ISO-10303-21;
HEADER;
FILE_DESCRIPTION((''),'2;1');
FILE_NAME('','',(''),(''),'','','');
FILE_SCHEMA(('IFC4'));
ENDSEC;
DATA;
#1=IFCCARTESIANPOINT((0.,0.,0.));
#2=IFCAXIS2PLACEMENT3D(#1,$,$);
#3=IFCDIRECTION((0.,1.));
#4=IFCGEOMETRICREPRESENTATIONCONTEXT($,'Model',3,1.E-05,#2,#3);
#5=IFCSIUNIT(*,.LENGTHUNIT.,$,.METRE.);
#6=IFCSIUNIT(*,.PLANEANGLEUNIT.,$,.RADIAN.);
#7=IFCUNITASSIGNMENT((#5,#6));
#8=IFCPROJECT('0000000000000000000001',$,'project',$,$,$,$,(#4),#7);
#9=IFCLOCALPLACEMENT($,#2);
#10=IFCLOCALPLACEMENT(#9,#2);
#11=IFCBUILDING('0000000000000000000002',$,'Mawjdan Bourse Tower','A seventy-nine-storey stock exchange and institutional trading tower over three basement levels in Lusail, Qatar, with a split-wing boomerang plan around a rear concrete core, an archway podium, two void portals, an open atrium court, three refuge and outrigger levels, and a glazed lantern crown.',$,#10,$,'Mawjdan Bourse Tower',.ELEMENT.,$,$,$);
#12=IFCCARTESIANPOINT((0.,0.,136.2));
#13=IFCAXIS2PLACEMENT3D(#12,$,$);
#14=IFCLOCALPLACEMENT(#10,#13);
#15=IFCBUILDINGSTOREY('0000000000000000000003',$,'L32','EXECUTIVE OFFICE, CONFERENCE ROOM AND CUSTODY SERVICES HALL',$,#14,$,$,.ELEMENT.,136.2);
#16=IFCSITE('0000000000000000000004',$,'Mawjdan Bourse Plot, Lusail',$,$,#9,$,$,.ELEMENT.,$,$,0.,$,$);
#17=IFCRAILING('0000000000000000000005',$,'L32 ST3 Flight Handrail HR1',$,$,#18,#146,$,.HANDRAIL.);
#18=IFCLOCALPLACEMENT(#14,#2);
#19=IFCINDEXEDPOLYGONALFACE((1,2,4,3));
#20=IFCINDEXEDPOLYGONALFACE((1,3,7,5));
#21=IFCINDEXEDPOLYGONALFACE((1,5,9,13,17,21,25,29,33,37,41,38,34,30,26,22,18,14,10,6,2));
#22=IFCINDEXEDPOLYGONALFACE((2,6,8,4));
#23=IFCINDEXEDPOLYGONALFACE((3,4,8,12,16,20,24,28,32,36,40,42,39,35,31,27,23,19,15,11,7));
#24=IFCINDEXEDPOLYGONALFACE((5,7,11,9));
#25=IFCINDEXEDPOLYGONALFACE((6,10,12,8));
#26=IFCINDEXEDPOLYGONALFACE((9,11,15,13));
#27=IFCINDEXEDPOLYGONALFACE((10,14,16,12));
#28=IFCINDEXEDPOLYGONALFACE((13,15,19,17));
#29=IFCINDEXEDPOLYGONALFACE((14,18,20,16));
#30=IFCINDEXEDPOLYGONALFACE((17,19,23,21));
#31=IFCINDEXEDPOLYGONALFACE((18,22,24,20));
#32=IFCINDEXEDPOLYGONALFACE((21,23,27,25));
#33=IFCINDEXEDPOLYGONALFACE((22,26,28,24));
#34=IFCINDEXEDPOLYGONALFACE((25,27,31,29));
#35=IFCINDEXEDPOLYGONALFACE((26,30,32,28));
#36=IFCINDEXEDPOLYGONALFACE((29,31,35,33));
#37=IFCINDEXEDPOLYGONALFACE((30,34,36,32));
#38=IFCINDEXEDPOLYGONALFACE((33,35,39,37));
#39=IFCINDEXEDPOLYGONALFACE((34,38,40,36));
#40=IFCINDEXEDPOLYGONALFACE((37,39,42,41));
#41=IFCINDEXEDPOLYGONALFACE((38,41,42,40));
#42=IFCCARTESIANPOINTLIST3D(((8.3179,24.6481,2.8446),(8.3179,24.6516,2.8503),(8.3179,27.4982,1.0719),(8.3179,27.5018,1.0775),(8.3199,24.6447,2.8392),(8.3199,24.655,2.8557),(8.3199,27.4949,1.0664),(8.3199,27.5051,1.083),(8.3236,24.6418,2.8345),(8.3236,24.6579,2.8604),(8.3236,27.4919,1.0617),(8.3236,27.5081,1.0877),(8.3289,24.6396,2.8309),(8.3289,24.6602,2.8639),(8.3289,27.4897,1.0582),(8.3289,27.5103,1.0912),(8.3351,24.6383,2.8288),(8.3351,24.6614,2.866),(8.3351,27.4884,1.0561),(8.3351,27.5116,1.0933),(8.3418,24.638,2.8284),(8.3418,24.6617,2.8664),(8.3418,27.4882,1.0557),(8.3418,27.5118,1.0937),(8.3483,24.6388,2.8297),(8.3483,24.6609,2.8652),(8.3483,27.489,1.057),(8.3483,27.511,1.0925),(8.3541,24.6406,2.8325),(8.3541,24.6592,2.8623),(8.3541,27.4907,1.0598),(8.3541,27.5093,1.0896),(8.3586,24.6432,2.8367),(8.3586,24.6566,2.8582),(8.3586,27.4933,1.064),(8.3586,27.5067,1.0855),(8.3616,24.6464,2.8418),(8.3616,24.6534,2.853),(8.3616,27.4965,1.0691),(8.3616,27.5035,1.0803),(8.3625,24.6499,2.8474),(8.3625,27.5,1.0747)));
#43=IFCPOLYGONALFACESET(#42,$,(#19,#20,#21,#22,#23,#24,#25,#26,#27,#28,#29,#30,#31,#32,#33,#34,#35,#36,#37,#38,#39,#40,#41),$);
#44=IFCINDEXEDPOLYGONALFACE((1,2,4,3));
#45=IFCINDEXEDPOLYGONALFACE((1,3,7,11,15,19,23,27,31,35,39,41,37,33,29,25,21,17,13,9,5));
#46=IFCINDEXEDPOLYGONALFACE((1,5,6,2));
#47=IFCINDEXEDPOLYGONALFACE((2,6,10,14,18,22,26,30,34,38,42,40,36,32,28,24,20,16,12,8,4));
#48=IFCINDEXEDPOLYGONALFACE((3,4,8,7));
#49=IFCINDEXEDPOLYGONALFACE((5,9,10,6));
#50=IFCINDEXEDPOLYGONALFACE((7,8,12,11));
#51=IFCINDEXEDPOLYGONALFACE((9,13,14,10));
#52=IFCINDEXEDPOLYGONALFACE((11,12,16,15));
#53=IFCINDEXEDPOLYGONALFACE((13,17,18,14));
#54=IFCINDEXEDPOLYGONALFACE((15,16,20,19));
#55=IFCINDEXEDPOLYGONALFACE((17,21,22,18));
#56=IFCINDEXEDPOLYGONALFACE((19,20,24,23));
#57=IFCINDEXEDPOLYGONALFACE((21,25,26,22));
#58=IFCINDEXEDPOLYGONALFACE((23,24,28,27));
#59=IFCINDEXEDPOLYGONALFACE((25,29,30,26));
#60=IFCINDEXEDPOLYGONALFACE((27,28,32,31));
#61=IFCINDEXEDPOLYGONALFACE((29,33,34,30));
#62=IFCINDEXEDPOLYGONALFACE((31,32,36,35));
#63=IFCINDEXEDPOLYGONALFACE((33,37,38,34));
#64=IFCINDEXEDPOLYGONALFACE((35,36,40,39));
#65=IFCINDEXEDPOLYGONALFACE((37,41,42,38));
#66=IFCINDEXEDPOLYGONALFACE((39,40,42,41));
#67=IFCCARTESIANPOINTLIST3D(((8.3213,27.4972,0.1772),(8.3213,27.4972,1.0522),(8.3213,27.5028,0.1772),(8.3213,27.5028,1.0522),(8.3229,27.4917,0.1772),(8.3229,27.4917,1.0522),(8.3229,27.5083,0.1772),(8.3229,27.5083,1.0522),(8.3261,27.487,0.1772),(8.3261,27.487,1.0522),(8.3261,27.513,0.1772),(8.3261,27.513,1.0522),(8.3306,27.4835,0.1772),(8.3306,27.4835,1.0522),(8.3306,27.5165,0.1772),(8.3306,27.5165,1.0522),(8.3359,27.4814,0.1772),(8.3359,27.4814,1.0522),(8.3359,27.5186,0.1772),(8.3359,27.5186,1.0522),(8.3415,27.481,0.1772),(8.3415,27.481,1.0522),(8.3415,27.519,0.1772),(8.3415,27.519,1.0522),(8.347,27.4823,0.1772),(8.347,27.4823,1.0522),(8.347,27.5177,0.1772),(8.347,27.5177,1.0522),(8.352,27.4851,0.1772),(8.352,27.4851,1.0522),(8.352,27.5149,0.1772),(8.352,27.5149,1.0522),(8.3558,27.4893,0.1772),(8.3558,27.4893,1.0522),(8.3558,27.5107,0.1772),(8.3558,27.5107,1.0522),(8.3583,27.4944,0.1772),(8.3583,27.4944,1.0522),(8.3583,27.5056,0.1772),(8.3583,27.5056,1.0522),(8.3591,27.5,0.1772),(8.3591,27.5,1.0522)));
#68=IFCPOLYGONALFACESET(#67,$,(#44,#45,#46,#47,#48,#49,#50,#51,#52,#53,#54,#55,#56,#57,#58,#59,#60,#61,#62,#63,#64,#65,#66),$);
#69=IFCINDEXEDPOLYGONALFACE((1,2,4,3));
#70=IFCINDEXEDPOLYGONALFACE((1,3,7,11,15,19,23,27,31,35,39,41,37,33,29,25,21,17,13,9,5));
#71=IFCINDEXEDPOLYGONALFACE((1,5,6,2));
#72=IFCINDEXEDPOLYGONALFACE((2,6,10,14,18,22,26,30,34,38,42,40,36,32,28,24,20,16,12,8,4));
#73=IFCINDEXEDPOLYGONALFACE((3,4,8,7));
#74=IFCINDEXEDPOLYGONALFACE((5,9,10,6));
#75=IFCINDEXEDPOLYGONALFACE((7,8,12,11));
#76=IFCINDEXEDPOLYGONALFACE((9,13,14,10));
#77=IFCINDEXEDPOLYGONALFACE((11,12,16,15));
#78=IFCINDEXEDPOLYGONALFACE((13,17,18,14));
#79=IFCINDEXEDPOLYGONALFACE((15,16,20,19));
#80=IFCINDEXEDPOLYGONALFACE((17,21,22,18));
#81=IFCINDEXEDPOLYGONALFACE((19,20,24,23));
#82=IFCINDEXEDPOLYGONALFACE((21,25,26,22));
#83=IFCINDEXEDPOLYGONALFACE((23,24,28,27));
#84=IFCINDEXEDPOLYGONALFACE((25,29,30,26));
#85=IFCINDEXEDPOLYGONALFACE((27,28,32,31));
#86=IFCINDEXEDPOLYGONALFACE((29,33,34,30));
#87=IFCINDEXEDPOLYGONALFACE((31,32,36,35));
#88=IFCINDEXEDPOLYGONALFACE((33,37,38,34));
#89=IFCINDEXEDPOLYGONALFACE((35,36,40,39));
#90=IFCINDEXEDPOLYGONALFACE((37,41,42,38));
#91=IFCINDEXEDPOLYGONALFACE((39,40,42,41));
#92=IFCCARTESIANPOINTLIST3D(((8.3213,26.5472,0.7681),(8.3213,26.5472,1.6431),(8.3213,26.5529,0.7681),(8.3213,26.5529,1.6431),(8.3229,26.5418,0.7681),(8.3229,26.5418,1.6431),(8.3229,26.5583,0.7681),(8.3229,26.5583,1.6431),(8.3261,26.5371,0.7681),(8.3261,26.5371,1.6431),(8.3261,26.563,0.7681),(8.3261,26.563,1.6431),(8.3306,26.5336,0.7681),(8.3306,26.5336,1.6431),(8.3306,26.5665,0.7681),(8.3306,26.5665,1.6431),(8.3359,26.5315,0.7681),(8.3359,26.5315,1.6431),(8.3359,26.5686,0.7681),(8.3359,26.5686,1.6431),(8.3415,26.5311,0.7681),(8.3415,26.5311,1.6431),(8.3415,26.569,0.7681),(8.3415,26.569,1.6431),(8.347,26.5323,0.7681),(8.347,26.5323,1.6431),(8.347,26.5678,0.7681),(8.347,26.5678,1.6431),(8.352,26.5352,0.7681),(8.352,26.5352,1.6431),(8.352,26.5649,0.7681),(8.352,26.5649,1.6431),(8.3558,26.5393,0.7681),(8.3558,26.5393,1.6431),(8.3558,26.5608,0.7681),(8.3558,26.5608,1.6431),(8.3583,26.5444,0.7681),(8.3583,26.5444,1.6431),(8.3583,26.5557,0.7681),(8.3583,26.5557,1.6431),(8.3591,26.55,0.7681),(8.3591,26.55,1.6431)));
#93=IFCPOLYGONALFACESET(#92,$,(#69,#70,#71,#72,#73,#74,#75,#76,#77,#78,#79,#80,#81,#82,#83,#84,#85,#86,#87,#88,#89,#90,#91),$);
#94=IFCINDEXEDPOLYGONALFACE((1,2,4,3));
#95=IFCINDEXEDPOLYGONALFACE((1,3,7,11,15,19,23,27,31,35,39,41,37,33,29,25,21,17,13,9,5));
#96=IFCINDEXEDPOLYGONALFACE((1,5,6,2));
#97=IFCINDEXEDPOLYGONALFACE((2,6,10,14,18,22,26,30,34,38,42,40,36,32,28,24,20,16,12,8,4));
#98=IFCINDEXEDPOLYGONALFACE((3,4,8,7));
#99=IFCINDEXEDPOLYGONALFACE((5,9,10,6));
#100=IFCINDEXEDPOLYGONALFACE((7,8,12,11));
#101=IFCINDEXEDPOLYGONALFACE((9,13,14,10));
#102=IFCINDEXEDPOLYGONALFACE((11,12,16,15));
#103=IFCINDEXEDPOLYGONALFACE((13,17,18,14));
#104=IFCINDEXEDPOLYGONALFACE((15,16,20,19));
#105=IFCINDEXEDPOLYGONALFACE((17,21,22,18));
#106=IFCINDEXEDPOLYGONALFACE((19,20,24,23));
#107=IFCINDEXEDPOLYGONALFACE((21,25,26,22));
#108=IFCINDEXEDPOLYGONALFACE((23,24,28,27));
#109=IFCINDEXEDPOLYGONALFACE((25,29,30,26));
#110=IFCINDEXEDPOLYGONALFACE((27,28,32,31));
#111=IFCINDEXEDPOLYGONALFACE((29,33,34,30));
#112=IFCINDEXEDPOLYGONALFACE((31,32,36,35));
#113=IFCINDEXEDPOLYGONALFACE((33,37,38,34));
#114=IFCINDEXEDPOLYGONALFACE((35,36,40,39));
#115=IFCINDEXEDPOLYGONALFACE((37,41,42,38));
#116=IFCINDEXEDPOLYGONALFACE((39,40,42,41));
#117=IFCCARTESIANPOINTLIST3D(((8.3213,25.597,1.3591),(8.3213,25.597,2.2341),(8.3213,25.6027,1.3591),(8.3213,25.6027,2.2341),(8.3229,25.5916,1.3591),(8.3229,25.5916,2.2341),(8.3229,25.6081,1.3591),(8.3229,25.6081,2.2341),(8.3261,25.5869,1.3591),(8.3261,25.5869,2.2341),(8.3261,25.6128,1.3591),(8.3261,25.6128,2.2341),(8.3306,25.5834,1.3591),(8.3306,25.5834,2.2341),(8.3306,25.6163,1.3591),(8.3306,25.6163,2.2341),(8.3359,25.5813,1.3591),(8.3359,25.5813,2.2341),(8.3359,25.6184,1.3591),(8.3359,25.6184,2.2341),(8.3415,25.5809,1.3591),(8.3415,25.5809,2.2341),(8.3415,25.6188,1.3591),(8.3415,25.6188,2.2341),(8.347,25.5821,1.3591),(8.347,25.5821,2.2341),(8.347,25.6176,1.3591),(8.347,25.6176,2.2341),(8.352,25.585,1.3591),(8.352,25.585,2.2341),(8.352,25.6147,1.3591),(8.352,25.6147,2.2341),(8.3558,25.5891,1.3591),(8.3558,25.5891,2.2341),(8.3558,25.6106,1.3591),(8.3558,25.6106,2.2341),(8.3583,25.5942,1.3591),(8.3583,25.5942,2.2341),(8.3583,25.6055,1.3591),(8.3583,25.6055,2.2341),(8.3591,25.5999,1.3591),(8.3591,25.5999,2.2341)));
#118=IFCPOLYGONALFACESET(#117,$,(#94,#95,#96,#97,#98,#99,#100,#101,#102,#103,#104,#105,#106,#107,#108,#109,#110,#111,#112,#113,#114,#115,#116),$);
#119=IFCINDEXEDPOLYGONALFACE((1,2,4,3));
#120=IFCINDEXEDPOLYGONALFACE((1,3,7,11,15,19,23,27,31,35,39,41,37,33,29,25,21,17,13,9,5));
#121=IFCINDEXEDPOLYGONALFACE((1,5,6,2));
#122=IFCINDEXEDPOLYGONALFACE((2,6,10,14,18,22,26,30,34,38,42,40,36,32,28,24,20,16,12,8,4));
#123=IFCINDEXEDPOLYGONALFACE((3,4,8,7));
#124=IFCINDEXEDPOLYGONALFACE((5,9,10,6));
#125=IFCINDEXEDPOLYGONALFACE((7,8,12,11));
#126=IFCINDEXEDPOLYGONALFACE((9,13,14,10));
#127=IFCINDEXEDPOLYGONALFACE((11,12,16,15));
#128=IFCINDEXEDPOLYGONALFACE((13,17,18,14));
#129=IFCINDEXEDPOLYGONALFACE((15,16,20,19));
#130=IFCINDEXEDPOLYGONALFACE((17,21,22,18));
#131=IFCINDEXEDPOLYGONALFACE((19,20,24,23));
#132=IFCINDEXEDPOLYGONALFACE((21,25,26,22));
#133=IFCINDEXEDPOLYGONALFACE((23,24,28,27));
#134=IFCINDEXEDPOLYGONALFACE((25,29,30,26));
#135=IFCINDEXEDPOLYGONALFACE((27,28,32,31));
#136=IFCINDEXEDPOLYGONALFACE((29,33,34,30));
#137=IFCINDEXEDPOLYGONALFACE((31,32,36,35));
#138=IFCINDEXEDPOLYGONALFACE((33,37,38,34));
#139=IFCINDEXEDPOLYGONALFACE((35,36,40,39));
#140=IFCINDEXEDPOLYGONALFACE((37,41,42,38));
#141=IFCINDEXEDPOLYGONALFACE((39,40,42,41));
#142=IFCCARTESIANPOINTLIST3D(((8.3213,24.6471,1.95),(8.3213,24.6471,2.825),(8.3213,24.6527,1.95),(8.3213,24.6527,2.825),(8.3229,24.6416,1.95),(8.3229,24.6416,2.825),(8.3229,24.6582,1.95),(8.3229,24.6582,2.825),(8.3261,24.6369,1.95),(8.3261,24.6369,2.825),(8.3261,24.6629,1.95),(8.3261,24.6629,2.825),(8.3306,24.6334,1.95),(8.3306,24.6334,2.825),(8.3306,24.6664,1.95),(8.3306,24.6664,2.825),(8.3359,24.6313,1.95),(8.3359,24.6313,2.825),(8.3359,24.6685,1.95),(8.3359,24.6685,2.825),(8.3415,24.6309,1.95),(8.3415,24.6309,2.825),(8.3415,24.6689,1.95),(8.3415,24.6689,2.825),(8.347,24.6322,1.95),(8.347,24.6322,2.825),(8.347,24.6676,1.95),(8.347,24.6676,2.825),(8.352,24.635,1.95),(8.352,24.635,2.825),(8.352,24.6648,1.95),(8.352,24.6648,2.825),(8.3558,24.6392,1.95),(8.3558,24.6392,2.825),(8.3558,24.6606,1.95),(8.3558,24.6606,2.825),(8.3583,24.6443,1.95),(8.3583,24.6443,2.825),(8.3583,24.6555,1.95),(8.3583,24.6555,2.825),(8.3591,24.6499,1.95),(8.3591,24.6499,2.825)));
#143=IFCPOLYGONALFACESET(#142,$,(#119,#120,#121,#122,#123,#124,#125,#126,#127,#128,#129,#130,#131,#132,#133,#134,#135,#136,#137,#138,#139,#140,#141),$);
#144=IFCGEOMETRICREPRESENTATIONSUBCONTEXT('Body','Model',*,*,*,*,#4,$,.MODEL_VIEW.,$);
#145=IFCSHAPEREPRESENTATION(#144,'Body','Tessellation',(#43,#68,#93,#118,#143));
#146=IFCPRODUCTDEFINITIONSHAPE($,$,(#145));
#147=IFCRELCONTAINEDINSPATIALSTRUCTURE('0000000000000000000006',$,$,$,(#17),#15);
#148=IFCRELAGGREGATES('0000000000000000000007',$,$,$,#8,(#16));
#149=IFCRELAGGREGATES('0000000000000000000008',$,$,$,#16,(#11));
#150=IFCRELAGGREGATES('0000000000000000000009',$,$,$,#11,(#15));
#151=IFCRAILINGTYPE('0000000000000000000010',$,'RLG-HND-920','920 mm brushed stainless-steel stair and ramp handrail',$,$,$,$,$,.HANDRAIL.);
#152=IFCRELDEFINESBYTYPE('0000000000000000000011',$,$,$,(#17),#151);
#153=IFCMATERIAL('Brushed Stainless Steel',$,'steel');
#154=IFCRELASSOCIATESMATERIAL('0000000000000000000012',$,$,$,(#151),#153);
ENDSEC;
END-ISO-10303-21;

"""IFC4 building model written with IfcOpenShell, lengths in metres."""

from ifc_helpers import new_model, si_unit, direction, frame, origin, origin_2d, place, context, subcontext, project, spatial, circle, extrude, material, type_object, element, save


model = new_model("IFC4")

# Units and contexts
model_context = context("Model", 3, precision=1e-05, world=origin(), true_north=direction((0.0, 1.0)))
body_context = subcontext(model_context, "Body", "Model", "MODEL_VIEW")
ifc_project = project(units=[si_unit("LENGTHUNIT", "METRE"), si_unit("PLANEANGLEUNIT", "RADIAN")], contexts=[model_context])

# Site, building, storey
site_placement = place(None, origin())
site = spatial("IfcSite", under=ifc_project, at=site_placement, Name="Mawjdan Bourse Plot, Lusail", CompositionType="ELEMENT", RefElevation=0.0)
building_placement = place(site_placement, origin())
building = spatial("IfcBuilding", under=site, at=building_placement, Name="Mawjdan Bourse Tower", Description="A seventy-nine-storey stock exchange and institutional trading tower over three basement levels in Lusail, Qatar, with a split-wing boomerang plan around a rear concrete core, an archway podium, two void portals, an open atrium court, three refuge and outrigger levels, and a glazed lantern crown.", LongName="Mawjdan Bourse Tower", CompositionType="ELEMENT")
storey_placement = place(building_placement, frame((0.0, 0.0, 136.2)))
storey = spatial("IfcBuildingStorey", under=building, at=storey_placement, Name="L32", Description="EXECUTIVE OFFICE, CONFERENCE ROOM AND CUSTODY SERVICES HALL", CompositionType="ELEMENT", Elevation=136.2)

# Railing
ifc_material_1 = material(Name="Brushed Stainless Steel", Category="steel")
railing_type = type_object("IfcRailingType", Name="RLG-HND-920", Description="920 mm brushed stainless-steel stair and ramp handrail", PredefinedType="HANDRAIL", material=ifc_material_1)
railing_placement = place(storey_placement, frame((8.3401, 27.5, 0.1772)))
element("IfcRailing", 1, at=railing_placement, inside=storey, type_object=railing_type, Name="L32 ST3 Flight Handrail HR1", PredefinedType="HANDRAIL", context=body_context, shape_type="SweptSolid", body=[
    extrude(circle(Radius=0.0225, at=origin_2d()), frame((0.0, 0.0, 0.8975), z_axis=(0.0, -0.849149, 0.528154), x_axis=(1.0, 0.0, 0.0)), (0.0, 0.0, 1.0), 3.3564),
    extrude(circle(Radius=0.019, at=origin_2d()), origin(), (0.0, 0.0, 1.0), 0.875),
    extrude(circle(Radius=0.019, at=origin_2d()), frame((0.0, -0.95, 0.5908)), (0.0, 0.0, 1.0), 0.875),
    extrude(circle(Radius=0.019, at=origin_2d()), frame((0.0, -1.9001, 1.1819)), (0.0, 0.0, 1.0), 0.875),
    extrude(circle(Radius=0.019, at=origin_2d()), frame((0.0, -2.8501, 1.7727)), (0.0, 0.0, 1.0), 0.875),
])

save(model, "model.ifc")
